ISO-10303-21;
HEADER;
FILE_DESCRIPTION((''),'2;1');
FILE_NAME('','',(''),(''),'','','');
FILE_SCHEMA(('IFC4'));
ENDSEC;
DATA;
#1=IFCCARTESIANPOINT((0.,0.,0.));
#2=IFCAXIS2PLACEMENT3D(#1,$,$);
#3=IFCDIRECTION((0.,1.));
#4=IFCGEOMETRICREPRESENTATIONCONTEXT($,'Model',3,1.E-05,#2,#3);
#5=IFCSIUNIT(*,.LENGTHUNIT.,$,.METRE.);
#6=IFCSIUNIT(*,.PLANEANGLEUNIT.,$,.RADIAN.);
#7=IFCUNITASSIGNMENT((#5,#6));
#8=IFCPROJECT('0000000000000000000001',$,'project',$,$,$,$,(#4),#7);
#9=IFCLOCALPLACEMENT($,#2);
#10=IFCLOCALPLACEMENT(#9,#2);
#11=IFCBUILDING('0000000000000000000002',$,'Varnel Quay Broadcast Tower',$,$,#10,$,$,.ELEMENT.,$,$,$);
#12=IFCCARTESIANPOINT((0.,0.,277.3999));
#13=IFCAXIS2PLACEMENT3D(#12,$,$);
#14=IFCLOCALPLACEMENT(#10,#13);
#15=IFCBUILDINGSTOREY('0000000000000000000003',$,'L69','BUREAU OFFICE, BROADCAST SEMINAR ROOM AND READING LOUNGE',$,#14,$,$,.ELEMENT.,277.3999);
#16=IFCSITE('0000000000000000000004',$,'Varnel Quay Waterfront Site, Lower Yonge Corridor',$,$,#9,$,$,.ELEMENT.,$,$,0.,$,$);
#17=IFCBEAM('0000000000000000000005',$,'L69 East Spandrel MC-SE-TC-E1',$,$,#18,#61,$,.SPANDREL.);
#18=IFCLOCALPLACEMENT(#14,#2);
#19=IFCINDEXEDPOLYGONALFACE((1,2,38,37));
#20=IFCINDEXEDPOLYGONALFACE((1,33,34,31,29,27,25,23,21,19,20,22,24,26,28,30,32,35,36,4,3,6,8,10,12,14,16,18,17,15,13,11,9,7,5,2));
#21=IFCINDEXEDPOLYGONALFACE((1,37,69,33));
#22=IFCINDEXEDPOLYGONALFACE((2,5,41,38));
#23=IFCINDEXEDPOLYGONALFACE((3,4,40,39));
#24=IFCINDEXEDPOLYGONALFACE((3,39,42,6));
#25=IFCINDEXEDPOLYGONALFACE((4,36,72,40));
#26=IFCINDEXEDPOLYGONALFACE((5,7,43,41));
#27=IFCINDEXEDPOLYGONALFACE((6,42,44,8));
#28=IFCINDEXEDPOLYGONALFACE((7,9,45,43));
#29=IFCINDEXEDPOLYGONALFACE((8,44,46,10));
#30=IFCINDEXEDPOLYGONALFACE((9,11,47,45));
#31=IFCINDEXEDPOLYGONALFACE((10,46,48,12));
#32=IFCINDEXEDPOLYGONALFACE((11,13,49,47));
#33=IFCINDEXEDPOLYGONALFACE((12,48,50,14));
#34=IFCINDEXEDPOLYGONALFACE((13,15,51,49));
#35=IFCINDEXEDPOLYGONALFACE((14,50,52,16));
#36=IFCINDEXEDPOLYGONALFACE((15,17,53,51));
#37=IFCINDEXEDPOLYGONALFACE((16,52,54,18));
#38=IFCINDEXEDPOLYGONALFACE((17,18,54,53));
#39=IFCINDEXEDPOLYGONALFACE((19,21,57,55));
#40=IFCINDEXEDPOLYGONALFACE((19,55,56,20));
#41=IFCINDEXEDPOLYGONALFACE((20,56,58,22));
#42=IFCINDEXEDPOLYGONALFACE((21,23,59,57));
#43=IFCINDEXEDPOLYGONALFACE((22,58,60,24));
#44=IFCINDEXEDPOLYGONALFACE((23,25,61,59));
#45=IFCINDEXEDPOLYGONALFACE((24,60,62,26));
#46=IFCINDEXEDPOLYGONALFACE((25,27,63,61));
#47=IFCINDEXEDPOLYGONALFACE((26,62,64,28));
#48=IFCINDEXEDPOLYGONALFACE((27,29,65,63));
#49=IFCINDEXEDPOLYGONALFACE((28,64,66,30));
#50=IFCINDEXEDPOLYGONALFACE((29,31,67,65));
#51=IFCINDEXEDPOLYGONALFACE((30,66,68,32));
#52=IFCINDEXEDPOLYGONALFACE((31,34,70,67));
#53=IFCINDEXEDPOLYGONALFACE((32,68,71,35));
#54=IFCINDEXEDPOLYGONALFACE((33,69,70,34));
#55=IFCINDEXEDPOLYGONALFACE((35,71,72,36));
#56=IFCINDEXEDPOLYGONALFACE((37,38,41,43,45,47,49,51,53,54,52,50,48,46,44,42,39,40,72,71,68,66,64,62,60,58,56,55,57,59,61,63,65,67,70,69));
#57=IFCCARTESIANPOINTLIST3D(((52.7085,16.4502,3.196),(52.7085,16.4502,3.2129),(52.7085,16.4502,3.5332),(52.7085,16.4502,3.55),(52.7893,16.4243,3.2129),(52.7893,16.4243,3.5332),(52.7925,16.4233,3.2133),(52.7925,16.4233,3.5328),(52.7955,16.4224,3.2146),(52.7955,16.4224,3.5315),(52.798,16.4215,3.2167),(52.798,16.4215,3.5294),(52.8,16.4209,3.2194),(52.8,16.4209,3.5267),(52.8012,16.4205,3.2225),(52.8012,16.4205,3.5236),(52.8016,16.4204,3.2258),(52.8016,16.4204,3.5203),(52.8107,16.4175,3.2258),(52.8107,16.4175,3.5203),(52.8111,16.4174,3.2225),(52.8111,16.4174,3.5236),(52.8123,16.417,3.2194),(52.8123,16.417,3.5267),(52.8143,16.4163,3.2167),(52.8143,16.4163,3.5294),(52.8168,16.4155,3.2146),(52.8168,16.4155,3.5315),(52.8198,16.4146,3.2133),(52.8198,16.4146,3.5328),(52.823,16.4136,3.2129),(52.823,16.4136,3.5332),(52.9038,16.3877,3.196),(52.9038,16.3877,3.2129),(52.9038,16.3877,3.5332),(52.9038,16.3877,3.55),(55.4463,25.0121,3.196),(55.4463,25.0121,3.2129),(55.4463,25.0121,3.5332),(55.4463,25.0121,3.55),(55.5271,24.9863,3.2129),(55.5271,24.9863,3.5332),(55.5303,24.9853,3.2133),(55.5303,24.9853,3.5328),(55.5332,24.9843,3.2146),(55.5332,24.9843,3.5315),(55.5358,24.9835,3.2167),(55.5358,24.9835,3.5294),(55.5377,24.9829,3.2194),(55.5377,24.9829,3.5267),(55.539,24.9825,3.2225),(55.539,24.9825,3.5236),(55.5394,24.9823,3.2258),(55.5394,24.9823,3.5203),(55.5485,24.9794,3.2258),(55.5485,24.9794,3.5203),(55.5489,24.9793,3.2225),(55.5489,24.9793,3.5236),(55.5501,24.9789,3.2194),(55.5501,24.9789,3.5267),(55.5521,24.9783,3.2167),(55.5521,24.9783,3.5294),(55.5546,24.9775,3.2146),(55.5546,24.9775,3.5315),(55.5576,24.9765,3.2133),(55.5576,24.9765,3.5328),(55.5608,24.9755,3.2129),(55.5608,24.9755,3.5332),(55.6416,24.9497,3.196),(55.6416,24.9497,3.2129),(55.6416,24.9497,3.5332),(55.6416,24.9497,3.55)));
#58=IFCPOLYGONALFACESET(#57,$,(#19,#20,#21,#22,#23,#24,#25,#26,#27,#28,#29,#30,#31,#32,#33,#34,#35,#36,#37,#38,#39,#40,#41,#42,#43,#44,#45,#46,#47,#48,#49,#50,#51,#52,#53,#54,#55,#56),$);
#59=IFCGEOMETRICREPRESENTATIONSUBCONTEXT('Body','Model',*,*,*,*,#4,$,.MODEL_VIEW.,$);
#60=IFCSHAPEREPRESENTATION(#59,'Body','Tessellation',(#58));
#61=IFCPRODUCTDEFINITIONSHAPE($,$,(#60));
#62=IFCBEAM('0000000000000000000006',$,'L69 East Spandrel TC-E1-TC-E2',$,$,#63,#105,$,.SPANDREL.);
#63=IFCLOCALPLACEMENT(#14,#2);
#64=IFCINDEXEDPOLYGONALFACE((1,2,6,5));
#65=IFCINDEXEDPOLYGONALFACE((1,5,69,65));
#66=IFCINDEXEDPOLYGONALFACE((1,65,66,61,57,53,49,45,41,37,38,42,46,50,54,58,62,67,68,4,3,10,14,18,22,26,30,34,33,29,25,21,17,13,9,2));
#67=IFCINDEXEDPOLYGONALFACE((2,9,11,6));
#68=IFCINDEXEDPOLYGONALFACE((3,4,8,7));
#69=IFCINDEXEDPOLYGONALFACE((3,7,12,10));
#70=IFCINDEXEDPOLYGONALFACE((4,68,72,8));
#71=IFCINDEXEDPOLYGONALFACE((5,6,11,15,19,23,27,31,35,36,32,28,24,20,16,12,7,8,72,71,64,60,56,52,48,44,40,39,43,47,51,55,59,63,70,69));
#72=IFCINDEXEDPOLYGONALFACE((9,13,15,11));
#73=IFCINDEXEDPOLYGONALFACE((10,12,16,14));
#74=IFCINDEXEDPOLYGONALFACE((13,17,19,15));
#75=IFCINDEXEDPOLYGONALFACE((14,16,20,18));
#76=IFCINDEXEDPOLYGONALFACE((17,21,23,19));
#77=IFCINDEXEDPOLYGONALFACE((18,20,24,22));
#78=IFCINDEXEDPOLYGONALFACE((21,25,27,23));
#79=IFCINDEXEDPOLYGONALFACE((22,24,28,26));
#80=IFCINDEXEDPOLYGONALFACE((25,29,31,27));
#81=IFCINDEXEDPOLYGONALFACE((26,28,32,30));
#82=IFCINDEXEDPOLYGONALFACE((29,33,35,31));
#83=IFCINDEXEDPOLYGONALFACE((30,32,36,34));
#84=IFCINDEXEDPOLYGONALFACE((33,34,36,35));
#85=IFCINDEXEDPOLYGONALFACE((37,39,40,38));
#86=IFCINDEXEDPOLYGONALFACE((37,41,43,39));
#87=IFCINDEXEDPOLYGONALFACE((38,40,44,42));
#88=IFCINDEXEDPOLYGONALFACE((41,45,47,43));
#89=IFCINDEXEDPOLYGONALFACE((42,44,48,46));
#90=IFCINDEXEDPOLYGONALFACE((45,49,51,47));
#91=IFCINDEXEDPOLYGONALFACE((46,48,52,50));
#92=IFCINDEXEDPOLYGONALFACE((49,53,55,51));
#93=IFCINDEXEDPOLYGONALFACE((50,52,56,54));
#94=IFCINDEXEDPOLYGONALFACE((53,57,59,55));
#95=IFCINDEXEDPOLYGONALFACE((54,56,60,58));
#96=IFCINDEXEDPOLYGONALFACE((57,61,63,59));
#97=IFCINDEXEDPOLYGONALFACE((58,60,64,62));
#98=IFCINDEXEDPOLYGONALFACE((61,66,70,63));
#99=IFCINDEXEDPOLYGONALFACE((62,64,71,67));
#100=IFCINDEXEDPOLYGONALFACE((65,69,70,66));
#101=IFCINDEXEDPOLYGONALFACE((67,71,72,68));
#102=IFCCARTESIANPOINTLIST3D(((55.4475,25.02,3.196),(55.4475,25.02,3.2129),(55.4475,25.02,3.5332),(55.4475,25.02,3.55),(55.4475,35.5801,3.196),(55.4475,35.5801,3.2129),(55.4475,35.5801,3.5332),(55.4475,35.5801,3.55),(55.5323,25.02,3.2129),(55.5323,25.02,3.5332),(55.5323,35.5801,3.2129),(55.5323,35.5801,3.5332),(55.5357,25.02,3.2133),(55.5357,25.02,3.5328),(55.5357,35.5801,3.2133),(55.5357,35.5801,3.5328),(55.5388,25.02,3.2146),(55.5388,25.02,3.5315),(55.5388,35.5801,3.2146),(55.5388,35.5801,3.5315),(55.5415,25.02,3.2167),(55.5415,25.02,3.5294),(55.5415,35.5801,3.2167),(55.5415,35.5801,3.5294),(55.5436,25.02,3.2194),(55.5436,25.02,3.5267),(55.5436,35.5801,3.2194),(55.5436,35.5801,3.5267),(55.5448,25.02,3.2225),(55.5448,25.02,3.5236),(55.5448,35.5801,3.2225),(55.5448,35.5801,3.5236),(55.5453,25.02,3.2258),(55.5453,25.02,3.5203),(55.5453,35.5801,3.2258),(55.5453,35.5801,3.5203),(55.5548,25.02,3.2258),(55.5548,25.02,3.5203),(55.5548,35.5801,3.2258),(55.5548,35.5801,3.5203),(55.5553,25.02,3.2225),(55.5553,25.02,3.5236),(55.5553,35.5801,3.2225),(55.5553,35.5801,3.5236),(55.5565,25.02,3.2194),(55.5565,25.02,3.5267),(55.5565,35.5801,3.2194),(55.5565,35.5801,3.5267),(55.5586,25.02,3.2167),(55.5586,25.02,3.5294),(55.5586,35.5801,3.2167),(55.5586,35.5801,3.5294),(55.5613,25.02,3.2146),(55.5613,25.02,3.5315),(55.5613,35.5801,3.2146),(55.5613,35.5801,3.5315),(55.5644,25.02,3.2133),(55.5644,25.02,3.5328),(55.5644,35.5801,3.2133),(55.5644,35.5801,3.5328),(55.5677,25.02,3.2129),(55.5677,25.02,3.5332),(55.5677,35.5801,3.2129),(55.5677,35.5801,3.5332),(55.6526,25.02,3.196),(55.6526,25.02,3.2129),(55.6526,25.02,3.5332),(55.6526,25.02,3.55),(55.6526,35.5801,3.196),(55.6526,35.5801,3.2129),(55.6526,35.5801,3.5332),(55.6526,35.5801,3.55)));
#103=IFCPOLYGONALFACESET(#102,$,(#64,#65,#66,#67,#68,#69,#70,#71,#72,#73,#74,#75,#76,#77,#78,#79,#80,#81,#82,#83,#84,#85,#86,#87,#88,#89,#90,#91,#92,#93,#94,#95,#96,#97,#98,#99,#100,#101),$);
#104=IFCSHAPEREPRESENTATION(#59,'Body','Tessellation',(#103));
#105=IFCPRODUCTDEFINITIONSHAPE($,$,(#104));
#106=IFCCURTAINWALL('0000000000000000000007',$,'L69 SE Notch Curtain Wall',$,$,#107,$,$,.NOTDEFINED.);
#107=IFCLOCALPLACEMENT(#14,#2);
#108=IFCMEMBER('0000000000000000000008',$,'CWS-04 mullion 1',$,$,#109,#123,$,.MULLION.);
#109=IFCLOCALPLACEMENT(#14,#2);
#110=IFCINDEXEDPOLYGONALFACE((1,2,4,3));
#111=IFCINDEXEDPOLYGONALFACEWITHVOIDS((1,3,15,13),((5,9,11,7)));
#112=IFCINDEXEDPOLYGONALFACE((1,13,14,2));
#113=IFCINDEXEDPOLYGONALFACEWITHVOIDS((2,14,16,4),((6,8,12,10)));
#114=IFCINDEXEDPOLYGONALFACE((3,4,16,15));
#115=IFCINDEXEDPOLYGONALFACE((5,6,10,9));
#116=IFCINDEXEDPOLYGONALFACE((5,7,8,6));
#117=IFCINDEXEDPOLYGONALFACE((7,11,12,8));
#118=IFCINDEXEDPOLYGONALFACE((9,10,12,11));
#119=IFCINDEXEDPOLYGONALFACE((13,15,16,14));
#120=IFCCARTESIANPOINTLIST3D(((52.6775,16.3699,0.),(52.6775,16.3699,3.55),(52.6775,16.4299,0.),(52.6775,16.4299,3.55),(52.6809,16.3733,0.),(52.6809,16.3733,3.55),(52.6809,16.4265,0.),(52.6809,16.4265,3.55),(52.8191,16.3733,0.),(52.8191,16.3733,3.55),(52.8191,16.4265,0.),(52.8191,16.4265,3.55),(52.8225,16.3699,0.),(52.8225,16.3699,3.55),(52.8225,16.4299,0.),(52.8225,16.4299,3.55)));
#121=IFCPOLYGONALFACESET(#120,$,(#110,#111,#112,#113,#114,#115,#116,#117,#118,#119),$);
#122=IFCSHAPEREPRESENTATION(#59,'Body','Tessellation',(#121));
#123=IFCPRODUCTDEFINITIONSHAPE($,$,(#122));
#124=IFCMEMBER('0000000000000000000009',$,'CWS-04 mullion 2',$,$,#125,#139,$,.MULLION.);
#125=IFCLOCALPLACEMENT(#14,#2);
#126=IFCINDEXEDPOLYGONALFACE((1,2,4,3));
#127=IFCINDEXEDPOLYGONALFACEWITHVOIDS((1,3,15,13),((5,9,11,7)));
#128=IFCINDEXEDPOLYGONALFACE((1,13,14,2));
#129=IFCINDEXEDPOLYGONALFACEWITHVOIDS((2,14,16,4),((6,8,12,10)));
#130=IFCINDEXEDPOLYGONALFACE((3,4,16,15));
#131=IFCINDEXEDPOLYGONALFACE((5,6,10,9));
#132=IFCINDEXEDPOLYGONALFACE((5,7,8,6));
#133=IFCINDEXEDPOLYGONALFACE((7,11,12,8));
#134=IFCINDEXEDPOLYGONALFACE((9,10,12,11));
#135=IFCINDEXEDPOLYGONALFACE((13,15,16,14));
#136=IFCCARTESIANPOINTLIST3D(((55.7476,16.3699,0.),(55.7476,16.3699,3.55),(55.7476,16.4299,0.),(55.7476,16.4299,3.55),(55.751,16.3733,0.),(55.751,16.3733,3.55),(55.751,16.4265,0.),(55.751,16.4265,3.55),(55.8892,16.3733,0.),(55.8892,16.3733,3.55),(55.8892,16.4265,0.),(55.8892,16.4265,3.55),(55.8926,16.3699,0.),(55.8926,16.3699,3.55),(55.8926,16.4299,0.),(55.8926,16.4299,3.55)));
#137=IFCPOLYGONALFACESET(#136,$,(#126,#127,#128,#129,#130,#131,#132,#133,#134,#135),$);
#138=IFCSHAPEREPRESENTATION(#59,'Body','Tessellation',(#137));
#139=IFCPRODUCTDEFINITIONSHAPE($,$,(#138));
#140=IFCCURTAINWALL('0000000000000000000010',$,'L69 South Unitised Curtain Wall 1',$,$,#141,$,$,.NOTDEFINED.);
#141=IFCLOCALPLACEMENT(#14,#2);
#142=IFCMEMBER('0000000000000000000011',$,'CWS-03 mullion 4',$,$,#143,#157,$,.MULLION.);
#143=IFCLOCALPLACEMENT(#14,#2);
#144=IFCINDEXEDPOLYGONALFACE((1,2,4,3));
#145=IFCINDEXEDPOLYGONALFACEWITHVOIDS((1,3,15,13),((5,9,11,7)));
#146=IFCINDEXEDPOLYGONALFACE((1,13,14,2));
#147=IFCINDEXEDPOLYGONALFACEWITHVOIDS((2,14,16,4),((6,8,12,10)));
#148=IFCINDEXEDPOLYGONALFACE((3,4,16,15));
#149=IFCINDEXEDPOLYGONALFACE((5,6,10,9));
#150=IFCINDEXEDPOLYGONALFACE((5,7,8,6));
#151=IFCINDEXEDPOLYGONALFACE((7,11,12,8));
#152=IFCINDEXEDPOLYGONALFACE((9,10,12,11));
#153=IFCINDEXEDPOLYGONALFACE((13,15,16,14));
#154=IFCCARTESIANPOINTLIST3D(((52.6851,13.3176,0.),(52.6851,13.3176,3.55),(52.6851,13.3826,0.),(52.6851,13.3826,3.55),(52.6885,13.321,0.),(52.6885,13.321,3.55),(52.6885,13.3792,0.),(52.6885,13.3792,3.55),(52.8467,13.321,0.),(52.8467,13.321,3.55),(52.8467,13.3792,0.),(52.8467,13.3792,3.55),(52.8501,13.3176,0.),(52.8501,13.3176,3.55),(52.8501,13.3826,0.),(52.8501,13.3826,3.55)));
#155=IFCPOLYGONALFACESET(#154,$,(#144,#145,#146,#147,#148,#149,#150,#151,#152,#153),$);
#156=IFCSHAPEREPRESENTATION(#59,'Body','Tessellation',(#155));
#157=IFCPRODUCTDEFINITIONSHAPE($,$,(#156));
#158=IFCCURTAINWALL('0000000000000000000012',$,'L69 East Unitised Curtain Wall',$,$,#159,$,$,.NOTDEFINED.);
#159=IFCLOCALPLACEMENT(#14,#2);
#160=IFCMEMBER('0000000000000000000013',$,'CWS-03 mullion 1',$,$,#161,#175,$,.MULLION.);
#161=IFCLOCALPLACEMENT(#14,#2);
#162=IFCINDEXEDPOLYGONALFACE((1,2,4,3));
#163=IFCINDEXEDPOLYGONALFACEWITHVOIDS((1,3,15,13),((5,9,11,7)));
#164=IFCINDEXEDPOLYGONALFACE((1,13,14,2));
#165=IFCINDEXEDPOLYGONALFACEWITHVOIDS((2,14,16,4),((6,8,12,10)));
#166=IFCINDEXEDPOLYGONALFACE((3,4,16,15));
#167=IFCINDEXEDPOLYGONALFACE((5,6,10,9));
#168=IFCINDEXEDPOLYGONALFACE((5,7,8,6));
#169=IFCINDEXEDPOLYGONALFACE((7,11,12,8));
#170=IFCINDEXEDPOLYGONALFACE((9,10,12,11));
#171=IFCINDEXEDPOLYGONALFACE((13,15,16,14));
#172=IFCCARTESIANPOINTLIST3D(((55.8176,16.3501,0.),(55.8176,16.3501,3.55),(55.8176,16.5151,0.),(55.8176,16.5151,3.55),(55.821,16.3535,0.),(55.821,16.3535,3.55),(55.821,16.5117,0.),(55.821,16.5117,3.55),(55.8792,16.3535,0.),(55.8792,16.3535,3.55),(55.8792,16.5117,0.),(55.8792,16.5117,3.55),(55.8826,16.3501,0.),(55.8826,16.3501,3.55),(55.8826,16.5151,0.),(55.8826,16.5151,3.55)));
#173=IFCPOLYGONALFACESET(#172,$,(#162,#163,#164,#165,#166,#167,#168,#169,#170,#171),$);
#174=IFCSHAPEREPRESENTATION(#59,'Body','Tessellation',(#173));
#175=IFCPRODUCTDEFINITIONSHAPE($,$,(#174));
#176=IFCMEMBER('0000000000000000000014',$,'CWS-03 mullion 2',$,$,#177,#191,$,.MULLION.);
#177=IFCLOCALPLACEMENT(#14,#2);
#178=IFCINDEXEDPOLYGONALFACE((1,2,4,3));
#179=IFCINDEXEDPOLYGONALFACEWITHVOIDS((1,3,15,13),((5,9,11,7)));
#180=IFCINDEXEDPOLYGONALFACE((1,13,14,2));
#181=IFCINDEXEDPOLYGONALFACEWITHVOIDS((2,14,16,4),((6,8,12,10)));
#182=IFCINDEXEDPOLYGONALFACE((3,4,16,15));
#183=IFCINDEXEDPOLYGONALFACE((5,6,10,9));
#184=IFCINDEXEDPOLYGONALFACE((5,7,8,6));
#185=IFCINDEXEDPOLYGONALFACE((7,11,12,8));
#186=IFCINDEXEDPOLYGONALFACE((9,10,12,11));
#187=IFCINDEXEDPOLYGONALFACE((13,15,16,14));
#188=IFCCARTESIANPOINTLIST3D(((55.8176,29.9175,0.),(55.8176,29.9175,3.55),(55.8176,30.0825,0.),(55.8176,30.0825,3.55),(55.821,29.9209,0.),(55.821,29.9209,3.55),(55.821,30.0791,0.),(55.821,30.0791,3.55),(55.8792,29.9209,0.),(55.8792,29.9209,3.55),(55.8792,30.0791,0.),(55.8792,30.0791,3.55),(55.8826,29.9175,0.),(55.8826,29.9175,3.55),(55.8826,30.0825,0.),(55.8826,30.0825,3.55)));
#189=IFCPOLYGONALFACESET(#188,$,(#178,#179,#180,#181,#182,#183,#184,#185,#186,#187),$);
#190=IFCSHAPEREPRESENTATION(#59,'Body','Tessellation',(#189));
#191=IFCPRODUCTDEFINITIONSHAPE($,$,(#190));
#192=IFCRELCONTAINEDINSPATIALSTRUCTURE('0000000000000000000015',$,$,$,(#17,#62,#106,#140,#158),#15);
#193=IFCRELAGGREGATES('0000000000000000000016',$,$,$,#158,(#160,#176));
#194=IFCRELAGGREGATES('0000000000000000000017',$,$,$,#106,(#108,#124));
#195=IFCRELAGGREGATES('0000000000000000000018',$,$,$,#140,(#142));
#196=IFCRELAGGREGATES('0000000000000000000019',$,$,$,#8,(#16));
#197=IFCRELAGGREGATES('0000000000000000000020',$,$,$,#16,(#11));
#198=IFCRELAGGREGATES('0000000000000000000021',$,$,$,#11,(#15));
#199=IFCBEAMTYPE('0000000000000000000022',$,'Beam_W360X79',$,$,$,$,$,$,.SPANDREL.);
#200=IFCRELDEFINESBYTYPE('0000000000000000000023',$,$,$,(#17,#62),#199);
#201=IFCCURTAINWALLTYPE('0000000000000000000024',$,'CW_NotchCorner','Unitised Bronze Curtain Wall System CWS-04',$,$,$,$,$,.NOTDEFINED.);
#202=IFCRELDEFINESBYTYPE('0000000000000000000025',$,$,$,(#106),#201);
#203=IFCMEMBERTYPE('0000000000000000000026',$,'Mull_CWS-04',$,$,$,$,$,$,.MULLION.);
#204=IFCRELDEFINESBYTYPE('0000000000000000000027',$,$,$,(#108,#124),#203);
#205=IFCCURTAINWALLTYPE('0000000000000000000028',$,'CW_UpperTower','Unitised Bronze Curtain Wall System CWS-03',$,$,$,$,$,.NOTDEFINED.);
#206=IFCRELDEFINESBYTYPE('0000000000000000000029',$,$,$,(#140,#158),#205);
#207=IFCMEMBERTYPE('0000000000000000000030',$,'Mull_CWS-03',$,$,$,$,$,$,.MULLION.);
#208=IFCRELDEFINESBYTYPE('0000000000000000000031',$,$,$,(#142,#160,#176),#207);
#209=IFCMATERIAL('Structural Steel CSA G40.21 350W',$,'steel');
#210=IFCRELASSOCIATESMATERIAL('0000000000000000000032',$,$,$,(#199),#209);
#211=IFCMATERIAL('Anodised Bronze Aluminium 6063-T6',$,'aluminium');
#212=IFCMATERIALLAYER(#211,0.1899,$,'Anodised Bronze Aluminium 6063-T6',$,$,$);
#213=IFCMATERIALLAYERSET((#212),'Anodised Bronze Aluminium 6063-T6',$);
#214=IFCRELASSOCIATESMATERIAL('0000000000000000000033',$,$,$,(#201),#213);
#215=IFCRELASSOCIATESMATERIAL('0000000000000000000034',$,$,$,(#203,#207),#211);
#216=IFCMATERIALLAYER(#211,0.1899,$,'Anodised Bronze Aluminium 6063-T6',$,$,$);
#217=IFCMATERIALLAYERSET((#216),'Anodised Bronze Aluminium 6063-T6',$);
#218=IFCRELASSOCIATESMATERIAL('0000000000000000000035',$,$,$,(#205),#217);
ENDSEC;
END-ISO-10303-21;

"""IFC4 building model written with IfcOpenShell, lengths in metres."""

from ifc_helpers import new_model, si_unit, direction, frame, origin, origin_2d, place, context, subcontext, project, spatial, hollow_rectangle, i_section, extrude, source, transform, mapped, material, layer, layer_set, material_profile, profile_set, type_object, type_shapes, element, aggregate, save


model = new_model("IFC4")

# Units and contexts
model_context = context("Model", 3, precision=1e-05, world=origin(), true_north=direction((0.0, 1.0)))
body_context = subcontext(model_context, "Body", "Model", "MODEL_VIEW")
ifc_project = project(units=[si_unit("LENGTHUNIT", "METRE"), si_unit("PLANEANGLEUNIT", "RADIAN")], contexts=[model_context])

# Site, building, storey
site_placement = place(None, origin())
site = spatial("IfcSite", under=ifc_project, at=site_placement, Name="Varnel Quay Waterfront Site, Lower Yonge Corridor", CompositionType="ELEMENT", RefElevation=0.0)
building_placement = place(site_placement, origin())
building = spatial("IfcBuilding", under=site, at=building_placement, Name="Varnel Quay Broadcast Tower", CompositionType="ELEMENT")
storey_placement = place(building_placement, frame((0.0, 0.0, 277.3999)))
storey = spatial("IfcBuildingStorey", under=building, at=storey_placement, Name="L69", Description="BUREAU OFFICE, BROADCAST SEMINAR ROOM AND READING LOUNGE", CompositionType="ELEMENT", Elevation=277.3999)

# Shared definitions
ifc_material_1 = material(Name="Structural Steel CSA G40.21 350W", Category="steel")

# Beams
ifc_material_profile_1 = material_profile(ifc_material_1, i_section(OverallWidth=0.2051, OverallDepth=0.354, WebThickness=0.0095, FlangeThickness=0.0168, FilletRadius=0.0129, at=origin_2d()), Name="W360X79")
ifc_profile_set_1 = profile_set([ifc_material_profile_1], Name="Structural Steel CSA G40.21 350W")
beam_type = type_object("IfcBeamType", Name="Beam_W360X79", PredefinedType="SPANDREL", material=ifc_profile_set_1)
shared_shape_1 = source(origin(), body_context, "Body", "SweptSolid", [
    extrude(i_section(OverallWidth=0.2051, OverallDepth=0.354, WebThickness=0.0095, FlangeThickness=0.0168, FilletRadius=0.0129, at=origin_2d()), origin(), (0.0, 0.0, 1.0), 8.989),
])
beam_1_placement = place(storey_placement, frame((52.8062, 16.4189, 3.373), z_axis=(0.304569, 0.95249, 0.0), x_axis=(-0.95249, 0.304569, 0.0)))
element("IfcBeam", 1, at=beam_1_placement, inside=storey, type_object=beam_type, Name="L69 East Spandrel MC-SE-TC-E1", PredefinedType="SPANDREL", context=body_context, shape_type="MappedRepresentation", body=[
    mapped(shared_shape_1, transform((0.0, 0.0, 0.0), x_axis=(1.0, 0.0, 0.0), y_axis=(0.0, 1.0, 0.0), z_axis=(0.0, 0.0, 1.0), scale=1.0)),
])
shared_shape_2 = source(origin(), body_context, "Body", "SweptSolid", [
    extrude(i_section(OverallWidth=0.2051, OverallDepth=0.354, WebThickness=0.0095, FlangeThickness=0.0168, FilletRadius=0.0129, at=origin_2d()), origin(), (0.0, 0.0, 1.0), 10.5601),
])
beam_2_placement = place(storey_placement, frame((55.55, 25.02, 3.373), z_axis=(0.0, 1.0, 0.0), x_axis=(-1.0, 0.0, 0.0)))
element("IfcBeam", 2, at=beam_2_placement, inside=storey, type_object=beam_type, Name="L69 East Spandrel TC-E1-TC-E2", PredefinedType="SPANDREL", context=body_context, shape_type="MappedRepresentation", body=[
    mapped(shared_shape_2, transform((0.0, 0.0, 0.0), x_axis=(1.0, 0.0, 0.0), y_axis=(0.0, 1.0, 0.0), z_axis=(0.0, 0.0, 1.0), scale=1.0)),
])

# Curtain wall, members
ifc_material_2 = material(Name="Anodised Bronze Aluminium 6063-T6", Category="aluminium")
ifc_layer_1 = layer(ifc_material_2, 0.1899, Name="Anodised Bronze Aluminium 6063-T6")
ifc_layer_set_1 = layer_set([ifc_layer_1], Name="Anodised Bronze Aluminium 6063-T6")
curtain_wall_type_1 = type_object("IfcCurtainWallType", Name="CW_NotchCorner", Description="Unitised Bronze Curtain Wall System CWS-04", PredefinedType="NOTDEFINED", material=ifc_layer_set_1)
curtain_wall_1_placement = place(storey_placement, origin())
curtain_wall_1 = element("IfcCurtainWall", 3, at=curtain_wall_1_placement, inside=storey, type_object=curtain_wall_type_1, Name="L69 SE Notch Curtain Wall", PredefinedType="NOTDEFINED")
ifc_material_profile_2 = material_profile(ifc_material_2, hollow_rectangle(XDim=0.0601, YDim=0.145, WallThickness=0.0034, at=origin_2d()), Name="ALU60X145X3.5")
ifc_profile_set_2 = profile_set([ifc_material_profile_2], Name="Anodised Bronze Aluminium 6063-T6")
member_type_1 = type_object("IfcMemberType", Name="Mull_CWS-04", PredefinedType="MULLION", material=ifc_profile_set_2)
shared_shape_3 = source(origin(), body_context, "Body", "SweptSolid", [
    extrude(hollow_rectangle(XDim=0.0601, YDim=0.145, WallThickness=0.0034, at=origin_2d()), origin(), (0.0, 0.0, 1.0), 3.55),
])
type_shapes(member_type_1, [shared_shape_3])
member_1_placement = place(storey_placement, frame((52.75, 16.3999, 0.0), z_axis=(0.0, 0.0, 1.0), x_axis=(0.0, 1.0, 0.0)))
member_1 = element("IfcMember", 4, at=member_1_placement, type_object=member_type_1, Name="CWS-04 mullion 1", PredefinedType="MULLION", context=body_context, shape_type="MappedRepresentation", body=[
    mapped(shared_shape_3, transform((0.0, 0.0, 0.0), x_axis=(1.0, 0.0, 0.0), y_axis=(0.0, 1.0, 0.0), z_axis=(0.0, 0.0, 1.0), scale=1.0)),
])
member_2_placement = place(storey_placement, frame((55.8201, 16.3999, 0.0), z_axis=(0.0, 0.0, 1.0), x_axis=(0.0, 1.0, 0.0)))
member_2 = element("IfcMember", 5, at=member_2_placement, type_object=member_type_1, Name="CWS-04 mullion 2", PredefinedType="MULLION", context=body_context, shape_type="MappedRepresentation", body=[
    mapped(shared_shape_3, transform((0.0, 0.0, 0.0), x_axis=(1.0, 0.0, 0.0), y_axis=(0.0, 1.0, 0.0), z_axis=(0.0, 0.0, 1.0), scale=1.0)),
])

# Curtain wall, member
ifc_layer_2 = layer(ifc_material_2, 0.1899, Name="Anodised Bronze Aluminium 6063-T6")
ifc_layer_set_2 = layer_set([ifc_layer_2], Name="Anodised Bronze Aluminium 6063-T6")
curtain_wall_type_2 = type_object("IfcCurtainWallType", Name="CW_UpperTower", Description="Unitised Bronze Curtain Wall System CWS-03", PredefinedType="NOTDEFINED", material=ifc_layer_set_2)
curtain_wall_2_placement = place(storey_placement, origin())
curtain_wall_2 = element("IfcCurtainWall", 6, at=curtain_wall_2_placement, inside=storey, type_object=curtain_wall_type_2, Name="L69 South Unitised Curtain Wall 1", PredefinedType="NOTDEFINED")
ifc_material_profile_3 = material_profile(ifc_material_2, hollow_rectangle(XDim=0.0649, YDim=0.165, WallThickness=0.0034, at=origin_2d()), Name="ALU65X165X3.5")
ifc_profile_set_3 = profile_set([ifc_material_profile_3], Name="Anodised Bronze Aluminium 6063-T6")
member_type_2 = type_object("IfcMemberType", Name="Mull_CWS-03", PredefinedType="MULLION", material=ifc_profile_set_3)
shared_shape_4 = source(origin(), body_context, "Body", "SweptSolid", [
    extrude(hollow_rectangle(XDim=0.0649, YDim=0.165, WallThickness=0.0034, at=origin_2d()), origin(), (0.0, 0.0, 1.0), 3.55),
])
type_shapes(member_type_2, [shared_shape_4])
member_3_placement = place(storey_placement, frame((52.7676, 13.3501, 0.0), z_axis=(0.0, 0.0, 1.0), x_axis=(0.0, 1.0, 0.0)))
member_3 = element("IfcMember", 7, at=member_3_placement, type_object=member_type_2, Name="CWS-03 mullion 4", PredefinedType="MULLION", context=body_context, shape_type="MappedRepresentation", body=[
    mapped(shared_shape_4, transform((0.0, 0.0, 0.0), x_axis=(1.0, 0.0, 0.0), y_axis=(0.0, 1.0, 0.0), z_axis=(0.0, 0.0, 1.0), scale=1.0)),
])

# Curtain wall, members
curtain_wall_3_placement = place(storey_placement, origin())
curtain_wall_3 = element("IfcCurtainWall", 8, at=curtain_wall_3_placement, inside=storey, type_object=curtain_wall_type_2, Name="L69 East Unitised Curtain Wall", PredefinedType="NOTDEFINED")
member_4_placement = place(storey_placement, frame((55.8501, 16.4326, 0.0), z_axis=(0.0, 0.0, 1.0), x_axis=(-1.0, 0.0, 0.0)))
member_4 = element("IfcMember", 9, at=member_4_placement, type_object=member_type_2, Name="CWS-03 mullion 1", PredefinedType="MULLION", context=body_context, shape_type="MappedRepresentation", body=[
    mapped(shared_shape_4, transform((0.0, 0.0, 0.0), x_axis=(1.0, 0.0, 0.0), y_axis=(0.0, 1.0, 0.0), z_axis=(0.0, 0.0, 1.0), scale=1.0)),
])
member_5_placement = place(storey_placement, frame((55.8501, 30.0, 0.0), z_axis=(0.0, 0.0, 1.0), x_axis=(-1.0, 0.0, 0.0)))
member_5 = element("IfcMember", 10, at=member_5_placement, type_object=member_type_2, Name="CWS-03 mullion 2", PredefinedType="MULLION", context=body_context, shape_type="MappedRepresentation", body=[
    mapped(shared_shape_4, transform((0.0, 0.0, 0.0), x_axis=(1.0, 0.0, 0.0), y_axis=(0.0, 1.0, 0.0), z_axis=(0.0, 0.0, 1.0), scale=1.0)),
])

aggregate(curtain_wall_3, [member_4, member_5])
aggregate(curtain_wall_1, [member_1, member_2])
aggregate(curtain_wall_2, [member_3])

save(model, "model.ifc")
